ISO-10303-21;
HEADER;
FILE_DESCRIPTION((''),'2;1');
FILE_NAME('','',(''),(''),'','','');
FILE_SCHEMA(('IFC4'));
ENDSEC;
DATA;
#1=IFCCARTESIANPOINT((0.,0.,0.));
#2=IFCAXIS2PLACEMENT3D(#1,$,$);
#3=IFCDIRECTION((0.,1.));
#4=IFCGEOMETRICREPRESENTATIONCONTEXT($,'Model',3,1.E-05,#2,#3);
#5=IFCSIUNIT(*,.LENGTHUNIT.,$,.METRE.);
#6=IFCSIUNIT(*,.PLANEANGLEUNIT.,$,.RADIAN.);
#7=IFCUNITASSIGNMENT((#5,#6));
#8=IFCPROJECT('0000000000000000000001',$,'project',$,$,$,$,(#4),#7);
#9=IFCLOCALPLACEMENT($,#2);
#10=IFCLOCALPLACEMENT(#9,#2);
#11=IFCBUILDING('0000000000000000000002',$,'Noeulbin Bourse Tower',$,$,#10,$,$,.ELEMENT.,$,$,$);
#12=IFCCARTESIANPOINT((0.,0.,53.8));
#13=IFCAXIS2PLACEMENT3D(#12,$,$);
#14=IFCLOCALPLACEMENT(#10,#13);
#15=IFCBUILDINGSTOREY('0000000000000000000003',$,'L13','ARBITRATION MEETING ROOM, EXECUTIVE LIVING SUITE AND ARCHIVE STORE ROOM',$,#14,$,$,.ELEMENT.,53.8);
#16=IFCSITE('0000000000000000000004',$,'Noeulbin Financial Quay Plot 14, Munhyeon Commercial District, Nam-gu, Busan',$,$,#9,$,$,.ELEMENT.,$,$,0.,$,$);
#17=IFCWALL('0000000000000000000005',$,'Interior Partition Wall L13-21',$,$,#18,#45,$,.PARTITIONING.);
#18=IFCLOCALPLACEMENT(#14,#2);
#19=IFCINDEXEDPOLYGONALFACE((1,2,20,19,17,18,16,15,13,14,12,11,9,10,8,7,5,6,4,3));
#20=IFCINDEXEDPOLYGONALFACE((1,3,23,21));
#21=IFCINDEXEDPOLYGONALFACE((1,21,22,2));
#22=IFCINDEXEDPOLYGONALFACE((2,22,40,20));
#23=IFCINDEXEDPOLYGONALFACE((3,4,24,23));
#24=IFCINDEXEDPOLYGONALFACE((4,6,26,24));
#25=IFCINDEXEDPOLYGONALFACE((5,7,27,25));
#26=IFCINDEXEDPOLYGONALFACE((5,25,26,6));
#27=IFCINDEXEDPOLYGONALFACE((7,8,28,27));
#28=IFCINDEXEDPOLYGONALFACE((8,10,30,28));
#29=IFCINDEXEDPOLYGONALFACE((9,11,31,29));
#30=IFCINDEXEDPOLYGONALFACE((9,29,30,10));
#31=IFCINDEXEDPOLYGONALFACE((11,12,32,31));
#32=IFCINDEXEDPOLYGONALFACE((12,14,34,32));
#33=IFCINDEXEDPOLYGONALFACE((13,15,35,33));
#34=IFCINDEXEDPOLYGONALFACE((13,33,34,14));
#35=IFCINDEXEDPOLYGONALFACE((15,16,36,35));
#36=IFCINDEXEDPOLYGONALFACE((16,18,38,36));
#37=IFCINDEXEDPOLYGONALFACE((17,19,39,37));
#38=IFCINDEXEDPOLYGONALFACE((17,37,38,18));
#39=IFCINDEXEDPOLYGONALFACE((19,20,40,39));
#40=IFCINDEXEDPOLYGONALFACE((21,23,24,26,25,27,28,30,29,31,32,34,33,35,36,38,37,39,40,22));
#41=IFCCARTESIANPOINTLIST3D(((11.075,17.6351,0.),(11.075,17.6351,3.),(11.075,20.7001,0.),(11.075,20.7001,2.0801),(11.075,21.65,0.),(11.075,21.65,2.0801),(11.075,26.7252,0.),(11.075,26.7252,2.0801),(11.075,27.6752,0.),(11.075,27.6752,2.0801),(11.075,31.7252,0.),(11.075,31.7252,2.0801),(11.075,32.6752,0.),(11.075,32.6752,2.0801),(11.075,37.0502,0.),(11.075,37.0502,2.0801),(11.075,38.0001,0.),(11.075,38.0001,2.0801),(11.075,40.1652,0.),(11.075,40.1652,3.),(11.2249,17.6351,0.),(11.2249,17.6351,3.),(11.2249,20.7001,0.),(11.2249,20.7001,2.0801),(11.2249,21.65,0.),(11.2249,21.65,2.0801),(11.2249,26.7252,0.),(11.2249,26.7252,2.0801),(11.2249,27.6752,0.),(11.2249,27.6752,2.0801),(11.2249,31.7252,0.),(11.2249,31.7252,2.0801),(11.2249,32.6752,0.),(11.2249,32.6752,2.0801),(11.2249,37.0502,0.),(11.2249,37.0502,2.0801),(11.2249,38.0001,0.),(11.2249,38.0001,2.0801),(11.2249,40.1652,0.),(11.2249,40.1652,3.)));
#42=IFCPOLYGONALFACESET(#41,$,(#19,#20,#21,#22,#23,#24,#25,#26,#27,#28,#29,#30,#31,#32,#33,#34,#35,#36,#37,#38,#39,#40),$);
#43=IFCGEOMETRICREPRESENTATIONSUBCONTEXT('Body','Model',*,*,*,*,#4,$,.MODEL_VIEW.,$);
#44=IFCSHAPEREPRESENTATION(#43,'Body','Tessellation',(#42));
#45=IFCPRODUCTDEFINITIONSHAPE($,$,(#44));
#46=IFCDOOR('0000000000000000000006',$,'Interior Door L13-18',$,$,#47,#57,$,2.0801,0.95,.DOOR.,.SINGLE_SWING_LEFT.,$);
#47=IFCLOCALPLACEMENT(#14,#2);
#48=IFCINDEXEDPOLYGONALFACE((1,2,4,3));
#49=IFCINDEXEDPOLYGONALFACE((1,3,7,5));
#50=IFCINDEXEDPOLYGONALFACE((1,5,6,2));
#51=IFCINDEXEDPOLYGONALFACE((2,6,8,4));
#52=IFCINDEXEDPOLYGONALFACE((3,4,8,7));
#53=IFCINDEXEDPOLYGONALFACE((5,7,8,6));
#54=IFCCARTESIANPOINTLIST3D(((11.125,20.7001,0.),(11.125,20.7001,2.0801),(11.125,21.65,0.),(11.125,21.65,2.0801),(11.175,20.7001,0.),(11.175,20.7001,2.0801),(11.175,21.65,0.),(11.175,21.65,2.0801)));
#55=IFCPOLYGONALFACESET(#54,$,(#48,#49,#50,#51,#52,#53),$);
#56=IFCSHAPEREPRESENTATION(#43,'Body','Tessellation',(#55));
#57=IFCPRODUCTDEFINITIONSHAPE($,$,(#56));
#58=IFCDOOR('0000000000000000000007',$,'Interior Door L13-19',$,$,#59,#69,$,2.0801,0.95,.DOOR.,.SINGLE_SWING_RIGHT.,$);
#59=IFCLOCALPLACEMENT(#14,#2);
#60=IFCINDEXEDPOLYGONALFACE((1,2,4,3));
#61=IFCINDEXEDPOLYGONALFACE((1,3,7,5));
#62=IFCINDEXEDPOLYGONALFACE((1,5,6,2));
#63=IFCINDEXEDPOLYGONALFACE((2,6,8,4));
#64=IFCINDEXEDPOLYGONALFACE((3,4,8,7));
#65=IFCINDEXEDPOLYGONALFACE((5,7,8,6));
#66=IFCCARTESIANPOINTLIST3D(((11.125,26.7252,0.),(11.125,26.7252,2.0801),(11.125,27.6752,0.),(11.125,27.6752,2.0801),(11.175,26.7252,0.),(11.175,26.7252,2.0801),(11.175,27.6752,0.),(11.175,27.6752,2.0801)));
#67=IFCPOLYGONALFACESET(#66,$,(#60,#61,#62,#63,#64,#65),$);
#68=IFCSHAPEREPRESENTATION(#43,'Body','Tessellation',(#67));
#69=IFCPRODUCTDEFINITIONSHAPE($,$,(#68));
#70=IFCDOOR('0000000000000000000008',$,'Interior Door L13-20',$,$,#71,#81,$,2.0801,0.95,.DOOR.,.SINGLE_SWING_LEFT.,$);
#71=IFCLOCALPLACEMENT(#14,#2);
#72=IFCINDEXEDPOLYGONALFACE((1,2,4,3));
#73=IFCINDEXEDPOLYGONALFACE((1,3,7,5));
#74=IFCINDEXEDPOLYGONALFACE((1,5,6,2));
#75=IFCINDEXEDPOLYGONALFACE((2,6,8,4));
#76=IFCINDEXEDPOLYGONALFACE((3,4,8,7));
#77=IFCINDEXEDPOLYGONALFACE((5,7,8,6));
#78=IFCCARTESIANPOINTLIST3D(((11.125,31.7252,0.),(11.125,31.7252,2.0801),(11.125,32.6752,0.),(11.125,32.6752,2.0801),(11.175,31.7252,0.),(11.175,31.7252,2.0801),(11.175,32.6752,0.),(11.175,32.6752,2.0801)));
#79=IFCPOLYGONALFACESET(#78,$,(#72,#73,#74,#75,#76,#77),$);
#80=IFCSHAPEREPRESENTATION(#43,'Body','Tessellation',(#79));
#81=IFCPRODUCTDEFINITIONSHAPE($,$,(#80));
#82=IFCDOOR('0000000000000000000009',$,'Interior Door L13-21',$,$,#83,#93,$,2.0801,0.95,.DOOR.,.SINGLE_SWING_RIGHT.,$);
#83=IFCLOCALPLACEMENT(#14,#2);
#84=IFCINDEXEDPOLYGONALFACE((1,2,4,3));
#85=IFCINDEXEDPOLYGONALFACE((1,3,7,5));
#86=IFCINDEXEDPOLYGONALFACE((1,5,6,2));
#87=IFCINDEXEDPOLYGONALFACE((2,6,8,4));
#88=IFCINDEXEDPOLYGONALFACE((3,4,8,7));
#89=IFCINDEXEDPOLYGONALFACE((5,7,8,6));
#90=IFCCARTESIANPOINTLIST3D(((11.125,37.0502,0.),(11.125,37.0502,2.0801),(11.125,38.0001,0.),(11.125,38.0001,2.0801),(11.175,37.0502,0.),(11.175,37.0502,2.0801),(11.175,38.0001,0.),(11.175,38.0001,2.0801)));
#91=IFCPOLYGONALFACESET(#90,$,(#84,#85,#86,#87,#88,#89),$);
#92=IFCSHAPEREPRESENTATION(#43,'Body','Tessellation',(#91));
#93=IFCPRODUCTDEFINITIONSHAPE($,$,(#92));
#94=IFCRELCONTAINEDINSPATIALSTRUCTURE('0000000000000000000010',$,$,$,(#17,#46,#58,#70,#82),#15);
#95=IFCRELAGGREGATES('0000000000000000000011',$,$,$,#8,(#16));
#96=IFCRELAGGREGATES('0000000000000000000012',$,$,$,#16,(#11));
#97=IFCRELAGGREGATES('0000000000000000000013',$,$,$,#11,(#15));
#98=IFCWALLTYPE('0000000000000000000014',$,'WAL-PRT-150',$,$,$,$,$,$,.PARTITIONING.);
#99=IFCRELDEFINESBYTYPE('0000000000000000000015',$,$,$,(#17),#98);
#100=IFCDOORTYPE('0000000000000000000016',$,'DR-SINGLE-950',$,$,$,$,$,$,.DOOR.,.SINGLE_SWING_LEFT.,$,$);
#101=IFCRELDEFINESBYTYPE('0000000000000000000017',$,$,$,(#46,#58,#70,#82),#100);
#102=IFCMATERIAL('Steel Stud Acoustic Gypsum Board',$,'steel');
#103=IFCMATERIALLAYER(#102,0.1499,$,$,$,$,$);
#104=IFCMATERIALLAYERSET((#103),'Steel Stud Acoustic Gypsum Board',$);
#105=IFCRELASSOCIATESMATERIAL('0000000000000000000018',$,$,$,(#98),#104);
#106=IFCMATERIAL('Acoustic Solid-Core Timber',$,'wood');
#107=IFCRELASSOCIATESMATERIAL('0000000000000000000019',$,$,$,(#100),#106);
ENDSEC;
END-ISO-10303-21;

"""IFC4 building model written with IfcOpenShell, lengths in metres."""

from ifc_helpers import new_model, si_unit, direction, frame, frame_2d, origin, place, context, subcontext, project, spatial, rectangle, extrude, material, layer, layer_set, type_object, element, fill, save


model = new_model("IFC4")

# Units and contexts
model_context = context("Model", 3, precision=1e-05, world=origin(), true_north=direction((0.0, 1.0)))
body_context = subcontext(model_context, "Body", "Model", "MODEL_VIEW")
ifc_project = project(units=[si_unit("LENGTHUNIT", "METRE"), si_unit("PLANEANGLEUNIT", "RADIAN")], contexts=[model_context])

# Site, building, storey
site_placement = place(None, origin())
site = spatial("IfcSite", under=ifc_project, at=site_placement, Name="Noeulbin Financial Quay Plot 14, Munhyeon Commercial District, Nam-gu, Busan", CompositionType="ELEMENT", RefElevation=0.0)
building_placement = place(site_placement, origin())
building = spatial("IfcBuilding", under=site, at=building_placement, Name="Noeulbin Bourse Tower", CompositionType="ELEMENT")
storey_placement = place(building_placement, frame((0.0, 0.0, 53.8)))
storey = spatial("IfcBuildingStorey", under=building, at=storey_placement, Name="L13", Description="ARBITRATION MEETING ROOM, EXECUTIVE LIVING SUITE AND ARCHIVE STORE ROOM", CompositionType="ELEMENT", Elevation=53.8)

# Wall, openings, doors
ifc_material_1 = material(Name="Steel Stud Acoustic Gypsum Board", Category="steel")
ifc_layer_1 = layer(ifc_material_1, 0.1499)
ifc_layer_set_1 = layer_set([ifc_layer_1], Name="Steel Stud Acoustic Gypsum Board")
wall_type_1 = type_object("IfcWallType", Name="WAL-PRT-150", PredefinedType="PARTITIONING", material=ifc_layer_set_1)
ifc_material_2 = material(Name="Acoustic Solid-Core Timber", Category="wood")
door_type = type_object("IfcDoorType", Name="DR-SINGLE-950", OperationType="SINGLE_SWING_LEFT", PredefinedType="DOOR", material=ifc_material_2)
wall_1_placement = place(storey_placement, frame((11.1499, 17.635, 0.0), z_axis=(0.0, 0.0, 1.0), x_axis=(0.0, 1.0, 0.0)))
wall_1 = element("IfcWall", 1, at=wall_1_placement, inside=storey, type_object=wall_type_1, Name="Interior Partition Wall L13-21", PredefinedType="PARTITIONING", context=body_context, shape_type="SweptSolid", body=[
    extrude(rectangle(XDim=22.53, YDim=0.1499, at=frame_2d((11.2651, 0.0))), origin(), (0.0, 0.0, 1.0), 3.0),
])
opening_1_placement = place(wall_1_placement, frame((3.0649, 0.0, 0.0)))
opening_1 = element("IfcOpeningElement", 2, at=opening_1_placement, cuts=wall_1, PredefinedType="OPENING", context=body_context, shape_type="SweptSolid", body=[
    extrude(rectangle(XDim=0.95, YDim=2.0801, at=frame_2d((0.4751, 1.04))), frame((0.0, 0.085, 0.0), z_axis=(0.0, -1.0, 0.0), x_axis=(1.0, 0.0, 0.0)), (0.0, 0.0, 1.0), 0.1699),
])
opening_2_placement = place(wall_1_placement, frame((9.0901, 0.0, 0.0)))
opening_2 = element("IfcOpeningElement", 3, at=opening_2_placement, cuts=wall_1, PredefinedType="OPENING", context=body_context, shape_type="SweptSolid", body=[
    extrude(rectangle(XDim=0.95, YDim=2.0801, at=frame_2d((0.4751, 1.04))), frame((0.0, 0.085, 0.0), z_axis=(0.0, -1.0, 0.0), x_axis=(1.0, 0.0, 0.0)), (0.0, 0.0, 1.0), 0.1699),
])
opening_3_placement = place(wall_1_placement, frame((14.0901, 0.0, 0.0)))
opening_3 = element("IfcOpeningElement", 4, at=opening_3_placement, cuts=wall_1, PredefinedType="OPENING", context=body_context, shape_type="SweptSolid", body=[
    extrude(rectangle(XDim=0.95, YDim=2.0801, at=frame_2d((0.4751, 1.04))), frame((0.0, 0.085, 0.0), z_axis=(0.0, -1.0, 0.0), x_axis=(1.0, 0.0, 0.0)), (0.0, 0.0, 1.0), 0.1699),
])
opening_4_placement = place(wall_1_placement, frame((19.415, 0.0, 0.0)))
opening_4 = element("IfcOpeningElement", 5, at=opening_4_placement, cuts=wall_1, PredefinedType="OPENING", context=body_context, shape_type="SweptSolid", body=[
    extrude(rectangle(XDim=0.95, YDim=2.0801, at=frame_2d((0.4751, 1.04))), frame((0.0, 0.085, 0.0), z_axis=(0.0, -1.0, 0.0), x_axis=(1.0, 0.0, 0.0)), (0.0, 0.0, 1.0), 0.1699),
])
door_1_placement = place(opening_1_placement, origin())
door_1 = element("IfcDoor", 6, at=door_1_placement, inside=storey, type_object=door_type, Name="Interior Door L13-18", OperationType="SINGLE_SWING_LEFT", OverallHeight=2.0801, OverallWidth=0.95, PredefinedType="DOOR", context=body_context, shape_type="SweptSolid", body=[
    extrude(rectangle(XDim=0.95, YDim=2.0801, at=frame_2d((0.4751, 1.04))), frame((0.0, 0.0249, 0.0), z_axis=(0.0, -1.0, 0.0), x_axis=(1.0, 0.0, 0.0)), (0.0, 0.0, 1.0), 0.05),
])
fill(opening_1, door_1)
door_2_placement = place(opening_2_placement, origin())
door_2 = element("IfcDoor", 7, at=door_2_placement, inside=storey, type_object=door_type, Name="Interior Door L13-19", OperationType="SINGLE_SWING_RIGHT", OverallHeight=2.0801, OverallWidth=0.95, PredefinedType="DOOR", context=body_context, shape_type="SweptSolid", body=[
    extrude(rectangle(XDim=0.95, YDim=2.0801, at=frame_2d((0.4751, 1.04))), frame((0.0, 0.0249, 0.0), z_axis=(0.0, -1.0, 0.0), x_axis=(1.0, 0.0, 0.0)), (0.0, 0.0, 1.0), 0.05),
])
fill(opening_2, door_2)
door_3_placement = place(opening_3_placement, origin())
door_3 = element("IfcDoor", 8, at=door_3_placement, inside=storey, type_object=door_type, Name="Interior Door L13-20", OperationType="SINGLE_SWING_LEFT", OverallHeight=2.0801, OverallWidth=0.95, PredefinedType="DOOR", context=body_context, shape_type="SweptSolid", body=[
    extrude(rectangle(XDim=0.95, YDim=2.0801, at=frame_2d((0.4751, 1.04))), frame((0.0, 0.0249, 0.0), z_axis=(0.0, -1.0, 0.0), x_axis=(1.0, 0.0, 0.0)), (0.0, 0.0, 1.0), 0.05),
])
fill(opening_3, door_3)
door_4_placement = place(opening_4_placement, origin())
door_4 = element("IfcDoor", 9, at=door_4_placement, inside=storey, type_object=door_type, Name="Interior Door L13-21", OperationType="SINGLE_SWING_RIGHT", OverallHeight=2.0801, OverallWidth=0.95, PredefinedType="DOOR", context=body_context, shape_type="SweptSolid", body=[
    extrude(rectangle(XDim=0.95, YDim=2.0801, at=frame_2d((0.4751, 1.04))), frame((0.0, 0.0249, 0.0), z_axis=(0.0, -1.0, 0.0), x_axis=(1.0, 0.0, 0.0)), (0.0, 0.0, 1.0), 0.05),
])
fill(opening_4, door_4)

save(model, "model.ifc")
